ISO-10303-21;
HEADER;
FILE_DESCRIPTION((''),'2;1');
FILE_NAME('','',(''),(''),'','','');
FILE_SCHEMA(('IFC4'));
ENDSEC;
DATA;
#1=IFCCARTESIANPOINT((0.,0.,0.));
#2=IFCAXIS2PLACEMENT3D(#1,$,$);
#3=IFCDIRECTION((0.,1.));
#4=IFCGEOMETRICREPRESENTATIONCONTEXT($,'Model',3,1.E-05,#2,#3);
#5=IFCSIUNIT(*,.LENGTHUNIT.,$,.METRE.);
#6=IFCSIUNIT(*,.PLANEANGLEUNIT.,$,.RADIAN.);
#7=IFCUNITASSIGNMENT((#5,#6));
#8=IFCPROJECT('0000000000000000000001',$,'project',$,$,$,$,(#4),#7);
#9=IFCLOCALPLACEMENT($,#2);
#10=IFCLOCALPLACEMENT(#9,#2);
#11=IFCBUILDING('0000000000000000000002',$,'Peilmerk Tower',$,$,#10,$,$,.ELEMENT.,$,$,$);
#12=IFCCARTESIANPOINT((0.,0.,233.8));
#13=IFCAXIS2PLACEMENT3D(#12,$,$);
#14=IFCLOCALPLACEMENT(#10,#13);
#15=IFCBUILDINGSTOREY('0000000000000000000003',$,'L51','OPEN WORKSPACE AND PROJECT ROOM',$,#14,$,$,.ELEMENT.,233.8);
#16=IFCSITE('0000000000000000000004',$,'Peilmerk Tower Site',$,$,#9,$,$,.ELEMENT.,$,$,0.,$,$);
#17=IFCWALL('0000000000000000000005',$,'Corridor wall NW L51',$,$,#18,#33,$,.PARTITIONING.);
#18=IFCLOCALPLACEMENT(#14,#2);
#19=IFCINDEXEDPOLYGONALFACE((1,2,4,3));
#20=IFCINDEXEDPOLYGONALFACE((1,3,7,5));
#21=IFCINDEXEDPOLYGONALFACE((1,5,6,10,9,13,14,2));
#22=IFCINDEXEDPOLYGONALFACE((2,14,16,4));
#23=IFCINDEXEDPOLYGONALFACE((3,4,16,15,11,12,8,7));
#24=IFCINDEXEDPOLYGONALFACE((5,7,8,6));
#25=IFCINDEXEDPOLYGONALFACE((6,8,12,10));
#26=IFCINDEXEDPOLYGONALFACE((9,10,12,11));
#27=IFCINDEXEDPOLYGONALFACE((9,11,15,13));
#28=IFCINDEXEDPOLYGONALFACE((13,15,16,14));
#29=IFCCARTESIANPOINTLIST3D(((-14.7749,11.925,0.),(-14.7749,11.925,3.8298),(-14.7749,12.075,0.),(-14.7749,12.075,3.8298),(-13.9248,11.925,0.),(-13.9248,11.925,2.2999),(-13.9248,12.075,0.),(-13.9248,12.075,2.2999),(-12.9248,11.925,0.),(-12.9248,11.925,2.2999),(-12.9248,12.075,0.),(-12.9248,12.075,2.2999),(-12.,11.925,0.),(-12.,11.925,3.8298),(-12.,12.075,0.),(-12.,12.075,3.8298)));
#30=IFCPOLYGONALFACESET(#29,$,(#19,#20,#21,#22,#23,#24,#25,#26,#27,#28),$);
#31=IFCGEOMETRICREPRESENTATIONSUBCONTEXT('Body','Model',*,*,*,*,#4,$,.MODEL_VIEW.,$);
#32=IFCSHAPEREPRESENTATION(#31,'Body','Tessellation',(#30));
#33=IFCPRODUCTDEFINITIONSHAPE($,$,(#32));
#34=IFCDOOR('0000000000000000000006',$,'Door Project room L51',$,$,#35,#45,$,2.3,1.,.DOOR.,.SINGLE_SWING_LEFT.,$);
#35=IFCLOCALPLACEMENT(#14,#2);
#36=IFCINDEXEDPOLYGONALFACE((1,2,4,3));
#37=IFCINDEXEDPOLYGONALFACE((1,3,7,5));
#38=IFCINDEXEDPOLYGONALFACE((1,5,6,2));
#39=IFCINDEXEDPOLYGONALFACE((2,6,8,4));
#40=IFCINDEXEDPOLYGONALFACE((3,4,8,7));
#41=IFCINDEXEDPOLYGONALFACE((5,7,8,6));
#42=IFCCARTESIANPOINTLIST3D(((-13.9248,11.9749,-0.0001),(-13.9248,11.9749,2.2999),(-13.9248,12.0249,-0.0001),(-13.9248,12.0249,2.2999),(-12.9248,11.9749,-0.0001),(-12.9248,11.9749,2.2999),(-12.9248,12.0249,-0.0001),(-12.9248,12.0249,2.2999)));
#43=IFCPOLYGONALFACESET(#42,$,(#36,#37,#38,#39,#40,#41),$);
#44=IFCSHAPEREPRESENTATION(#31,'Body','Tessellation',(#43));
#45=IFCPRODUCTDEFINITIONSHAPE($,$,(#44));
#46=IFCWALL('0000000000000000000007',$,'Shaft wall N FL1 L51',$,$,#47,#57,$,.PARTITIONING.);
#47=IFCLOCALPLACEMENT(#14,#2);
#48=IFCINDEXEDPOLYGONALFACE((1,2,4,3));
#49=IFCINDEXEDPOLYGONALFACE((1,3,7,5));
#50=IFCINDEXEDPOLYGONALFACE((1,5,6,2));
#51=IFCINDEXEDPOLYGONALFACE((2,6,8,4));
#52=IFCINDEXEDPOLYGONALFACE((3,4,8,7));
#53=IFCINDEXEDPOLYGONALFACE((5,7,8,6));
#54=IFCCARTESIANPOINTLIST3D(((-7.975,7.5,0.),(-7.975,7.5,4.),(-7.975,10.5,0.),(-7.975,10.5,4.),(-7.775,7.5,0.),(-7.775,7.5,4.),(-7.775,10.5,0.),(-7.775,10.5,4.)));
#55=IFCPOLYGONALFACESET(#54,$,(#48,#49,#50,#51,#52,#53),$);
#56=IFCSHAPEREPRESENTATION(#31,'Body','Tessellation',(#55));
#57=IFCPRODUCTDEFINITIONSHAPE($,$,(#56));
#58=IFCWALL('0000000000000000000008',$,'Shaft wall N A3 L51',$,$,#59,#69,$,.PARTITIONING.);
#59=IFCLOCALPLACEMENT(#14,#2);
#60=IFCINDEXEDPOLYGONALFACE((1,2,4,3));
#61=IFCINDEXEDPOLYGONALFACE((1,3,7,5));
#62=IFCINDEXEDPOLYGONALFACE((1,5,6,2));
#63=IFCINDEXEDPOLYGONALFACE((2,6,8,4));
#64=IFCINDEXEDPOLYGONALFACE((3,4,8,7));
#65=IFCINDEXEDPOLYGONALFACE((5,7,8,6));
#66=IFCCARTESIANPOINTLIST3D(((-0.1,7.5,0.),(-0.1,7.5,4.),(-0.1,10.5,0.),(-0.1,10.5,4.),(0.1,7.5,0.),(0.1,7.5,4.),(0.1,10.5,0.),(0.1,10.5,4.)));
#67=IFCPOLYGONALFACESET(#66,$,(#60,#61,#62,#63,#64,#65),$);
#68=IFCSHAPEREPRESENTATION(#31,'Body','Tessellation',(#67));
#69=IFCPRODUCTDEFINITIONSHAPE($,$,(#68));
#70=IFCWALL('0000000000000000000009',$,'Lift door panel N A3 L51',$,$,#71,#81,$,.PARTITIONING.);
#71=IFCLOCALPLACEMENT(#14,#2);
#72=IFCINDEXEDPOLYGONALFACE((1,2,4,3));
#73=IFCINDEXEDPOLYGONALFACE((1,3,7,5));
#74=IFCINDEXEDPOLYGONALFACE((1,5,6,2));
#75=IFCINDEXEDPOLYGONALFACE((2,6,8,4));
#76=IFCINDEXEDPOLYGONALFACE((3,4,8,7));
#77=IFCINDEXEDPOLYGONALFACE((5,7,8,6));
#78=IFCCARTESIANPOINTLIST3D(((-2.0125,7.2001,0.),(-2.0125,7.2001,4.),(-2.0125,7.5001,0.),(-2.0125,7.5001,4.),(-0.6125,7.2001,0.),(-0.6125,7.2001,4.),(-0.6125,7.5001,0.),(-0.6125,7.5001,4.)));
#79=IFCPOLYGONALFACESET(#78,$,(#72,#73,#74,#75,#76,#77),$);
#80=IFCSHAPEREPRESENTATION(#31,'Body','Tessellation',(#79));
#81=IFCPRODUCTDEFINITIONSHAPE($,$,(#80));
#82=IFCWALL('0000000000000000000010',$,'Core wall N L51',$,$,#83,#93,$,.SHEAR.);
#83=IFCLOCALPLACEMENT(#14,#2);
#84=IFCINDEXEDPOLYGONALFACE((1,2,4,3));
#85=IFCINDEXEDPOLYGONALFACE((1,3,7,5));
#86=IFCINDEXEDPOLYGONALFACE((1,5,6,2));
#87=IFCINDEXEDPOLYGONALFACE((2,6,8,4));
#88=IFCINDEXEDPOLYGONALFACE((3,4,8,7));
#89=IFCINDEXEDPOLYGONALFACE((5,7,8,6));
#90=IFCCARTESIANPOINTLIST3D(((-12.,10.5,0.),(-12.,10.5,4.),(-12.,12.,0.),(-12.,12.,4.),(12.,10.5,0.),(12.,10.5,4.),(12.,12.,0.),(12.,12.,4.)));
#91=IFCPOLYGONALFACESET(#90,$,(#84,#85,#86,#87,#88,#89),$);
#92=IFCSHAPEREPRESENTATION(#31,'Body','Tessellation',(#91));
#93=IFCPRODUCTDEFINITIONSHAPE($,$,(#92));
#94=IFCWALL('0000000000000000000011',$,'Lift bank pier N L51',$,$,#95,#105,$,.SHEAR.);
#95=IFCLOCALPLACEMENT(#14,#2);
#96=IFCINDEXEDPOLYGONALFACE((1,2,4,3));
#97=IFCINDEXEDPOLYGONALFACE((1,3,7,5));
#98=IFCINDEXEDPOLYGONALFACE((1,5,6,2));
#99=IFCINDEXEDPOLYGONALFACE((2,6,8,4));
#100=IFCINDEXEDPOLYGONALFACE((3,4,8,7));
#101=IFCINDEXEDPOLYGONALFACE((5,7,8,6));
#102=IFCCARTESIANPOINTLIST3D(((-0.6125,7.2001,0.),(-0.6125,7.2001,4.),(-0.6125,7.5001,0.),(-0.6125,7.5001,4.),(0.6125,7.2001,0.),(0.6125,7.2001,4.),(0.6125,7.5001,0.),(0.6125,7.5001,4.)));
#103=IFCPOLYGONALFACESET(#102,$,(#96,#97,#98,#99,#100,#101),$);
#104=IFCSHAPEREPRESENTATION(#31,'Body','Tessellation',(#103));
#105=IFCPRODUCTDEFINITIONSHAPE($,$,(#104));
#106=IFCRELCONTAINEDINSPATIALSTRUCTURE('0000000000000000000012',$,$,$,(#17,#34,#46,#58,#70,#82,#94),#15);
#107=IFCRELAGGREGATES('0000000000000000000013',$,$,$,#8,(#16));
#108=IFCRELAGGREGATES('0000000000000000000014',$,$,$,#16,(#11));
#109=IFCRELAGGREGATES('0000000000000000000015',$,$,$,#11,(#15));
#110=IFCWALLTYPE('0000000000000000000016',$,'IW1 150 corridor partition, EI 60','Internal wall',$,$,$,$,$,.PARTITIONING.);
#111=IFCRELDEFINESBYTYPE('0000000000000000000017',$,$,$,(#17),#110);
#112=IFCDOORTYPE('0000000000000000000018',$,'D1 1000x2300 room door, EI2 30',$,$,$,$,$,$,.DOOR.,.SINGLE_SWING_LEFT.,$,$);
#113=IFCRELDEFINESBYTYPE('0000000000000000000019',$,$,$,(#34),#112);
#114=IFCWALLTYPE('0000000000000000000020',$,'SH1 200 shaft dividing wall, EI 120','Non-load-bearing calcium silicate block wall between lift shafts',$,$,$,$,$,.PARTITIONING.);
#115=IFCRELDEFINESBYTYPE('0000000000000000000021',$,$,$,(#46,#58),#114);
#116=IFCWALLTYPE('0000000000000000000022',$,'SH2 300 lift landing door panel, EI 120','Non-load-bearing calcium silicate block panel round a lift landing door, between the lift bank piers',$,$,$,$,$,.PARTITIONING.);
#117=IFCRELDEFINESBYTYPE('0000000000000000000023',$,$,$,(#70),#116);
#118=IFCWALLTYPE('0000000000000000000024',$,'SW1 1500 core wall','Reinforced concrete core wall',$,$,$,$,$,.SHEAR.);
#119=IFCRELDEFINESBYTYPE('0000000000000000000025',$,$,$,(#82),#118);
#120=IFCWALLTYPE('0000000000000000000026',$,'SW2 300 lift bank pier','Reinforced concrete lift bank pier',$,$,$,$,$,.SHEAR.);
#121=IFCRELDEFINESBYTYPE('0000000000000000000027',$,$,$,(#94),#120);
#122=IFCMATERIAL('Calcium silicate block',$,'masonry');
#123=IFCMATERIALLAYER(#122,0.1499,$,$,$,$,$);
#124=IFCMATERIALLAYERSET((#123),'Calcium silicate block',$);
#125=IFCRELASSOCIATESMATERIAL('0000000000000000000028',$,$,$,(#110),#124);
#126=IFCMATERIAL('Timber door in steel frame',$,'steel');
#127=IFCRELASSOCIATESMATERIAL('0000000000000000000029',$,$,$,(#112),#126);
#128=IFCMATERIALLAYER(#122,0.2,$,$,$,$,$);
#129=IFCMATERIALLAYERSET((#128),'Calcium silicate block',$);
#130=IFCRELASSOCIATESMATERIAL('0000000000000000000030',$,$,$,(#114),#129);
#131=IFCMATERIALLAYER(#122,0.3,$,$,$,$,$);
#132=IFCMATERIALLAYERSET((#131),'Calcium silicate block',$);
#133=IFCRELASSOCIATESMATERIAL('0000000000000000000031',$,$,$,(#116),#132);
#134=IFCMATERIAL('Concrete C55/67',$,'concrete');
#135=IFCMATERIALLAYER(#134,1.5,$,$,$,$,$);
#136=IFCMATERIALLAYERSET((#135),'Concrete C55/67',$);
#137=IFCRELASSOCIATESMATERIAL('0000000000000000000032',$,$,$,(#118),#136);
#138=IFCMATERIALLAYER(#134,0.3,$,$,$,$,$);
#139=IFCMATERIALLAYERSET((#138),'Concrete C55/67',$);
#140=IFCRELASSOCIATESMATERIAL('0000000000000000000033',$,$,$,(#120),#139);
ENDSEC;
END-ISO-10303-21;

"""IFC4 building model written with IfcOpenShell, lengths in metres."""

from ifc_helpers import new_model, si_unit, direction, frame, frame_2d, origin, place, context, subcontext, project, spatial, rectangle, extrude, material, layer, layer_set, type_object, element, fill, save


model = new_model("IFC4")

# Units and contexts
model_context = context("Model", 3, precision=1e-05, world=origin(), true_north=direction((0.0, 1.0)))
body_context = subcontext(model_context, "Body", "Model", "MODEL_VIEW")
ifc_project = project(units=[si_unit("LENGTHUNIT", "METRE"), si_unit("PLANEANGLEUNIT", "RADIAN")], contexts=[model_context])

# Site, building, storey
site_placement = place(None, origin())
site = spatial("IfcSite", under=ifc_project, at=site_placement, Name="Peilmerk Tower Site", CompositionType="ELEMENT", RefElevation=0.0)
building_placement = place(site_placement, origin())
building = spatial("IfcBuilding", under=site, at=building_placement, Name="Peilmerk Tower", CompositionType="ELEMENT")
storey_placement = place(building_placement, frame((0.0, 0.0, 233.8)))
storey = spatial("IfcBuildingStorey", under=building, at=storey_placement, Name="L51", Description="OPEN WORKSPACE AND PROJECT ROOM", CompositionType="ELEMENT", Elevation=233.8)

# Shared definitions
ifc_material_1 = material(Name="Calcium silicate block", Category="masonry")
ifc_layer_1 = layer(ifc_material_1, 0.1499)
ifc_layer_set_1 = layer_set([ifc_layer_1], Name="Calcium silicate block")
wall_type_1 = type_object("IfcWallType", Name="IW1 150 corridor partition, EI 60", Description="Internal wall", PredefinedType="PARTITIONING", material=ifc_layer_set_1)
ifc_material_2 = material(Name="Timber door in steel frame", Category="steel")
door_type_1 = type_object("IfcDoorType", Name="D1 1000x2300 room door, EI2 30", OperationType="SINGLE_SWING_LEFT", PredefinedType="DOOR", material=ifc_material_2)

# Wall, opening, door
wall_1_placement = place(storey_placement, frame((-14.7749, 12.0, 0.0), z_axis=(0.0, 0.0, 1.0), x_axis=(1.0, 0.0, 0.0)))
wall_1 = element("IfcWall", 1, at=wall_1_placement, inside=storey, type_object=wall_type_1, Name="Corridor wall NW L51", PredefinedType="PARTITIONING", context=body_context, shape_type="SweptSolid", body=[
    extrude(rectangle(XDim=2.7749, YDim=0.1499, at=frame_2d((1.3875, 0.0))), origin(), (0.0, 0.0, 1.0), 3.8298),
])
opening_1_placement = place(wall_1_placement, frame((0.8501, 0.0, 0.0)))
opening_1 = element("IfcOpeningElement", 2, at=opening_1_placement, cuts=wall_1, PredefinedType="OPENING", context=body_context, shape_type="SweptSolid", body=[
    extrude(rectangle(XDim=1.0, YDim=2.3, at=frame_2d((0.5, 1.1499))), frame((0.0, 0.085, 0.0), z_axis=(0.0, -1.0, 0.0), x_axis=(1.0, 0.0, 0.0)), (0.0, 0.0, 1.0), 0.1699),
])
door_1_placement = place(opening_1_placement, origin())
door_1 = element("IfcDoor", 3, at=door_1_placement, inside=storey, type_object=door_type_1, Name="Door Project room L51", OperationType="SINGLE_SWING_LEFT", OverallHeight=2.3, OverallWidth=1.0, PredefinedType="DOOR", context=body_context, shape_type="SweptSolid", body=[
    extrude(rectangle(XDim=1.0, YDim=2.3, at=frame_2d((0.5, 1.1499))), frame((0.0, 0.0249, 0.0), z_axis=(0.0, -1.0, 0.0), x_axis=(1.0, 0.0, 0.0)), (0.0, 0.0, 1.0), 0.05),
])
fill(opening_1, door_1)

# Walls
ifc_layer_2 = layer(ifc_material_1, 0.2)
ifc_layer_set_2 = layer_set([ifc_layer_2], Name="Calcium silicate block")
wall_type_2 = type_object("IfcWallType", Name="SH1 200 shaft dividing wall, EI 120", Description="Non-load-bearing calcium silicate block wall between lift shafts", PredefinedType="PARTITIONING", material=ifc_layer_set_2)
for number, where, z_axis, x_axis, name in (
    (4, (-7.875, 7.5, 0.0), (0.0, 0.0, 1.0), (0.0, 1.0, 0.0), "Shaft wall N FL1 L51"),
    (5, (0.0, 7.5, 0.0), (0.0, 0.0, 1.0), (0.0, 1.0, 0.0), "Shaft wall N A3 L51"),
):
    element("IfcWall", number, at=place(storey_placement, frame(where, z_axis=z_axis, x_axis=x_axis)), inside=storey, type_object=wall_type_2, Name=name, PredefinedType="PARTITIONING", context=body_context, shape_type="SweptSolid", body=[
        extrude(rectangle(XDim=3.0, YDim=0.2, at=frame_2d((1.5, 0.0))), origin(), (0.0, 0.0, 1.0), 4.0),
    ])
ifc_layer_3 = layer(ifc_material_1, 0.3)
ifc_layer_set_3 = layer_set([ifc_layer_3], Name="Calcium silicate block")
wall_type_3 = type_object("IfcWallType", Name="SH2 300 lift landing door panel, EI 120", Description="Non-load-bearing calcium silicate block panel round a lift landing door, between the lift bank piers", PredefinedType="PARTITIONING", material=ifc_layer_set_3)
wall_2_placement = place(storey_placement, frame((-2.0125, 7.3501, 0.0), z_axis=(0.0, 0.0, 1.0), x_axis=(1.0, 0.0, 0.0)))
element("IfcWall", 6, at=wall_2_placement, inside=storey, type_object=wall_type_3, Name="Lift door panel N A3 L51", PredefinedType="PARTITIONING", context=body_context, shape_type="SweptSolid", body=[
    extrude(rectangle(XDim=1.3999, YDim=0.3, at=frame_2d((0.7, 0.0))), origin(), (0.0, 0.0, 1.0), 4.0),
])
ifc_material_3 = material(Name="Concrete C55/67", Category="concrete")
ifc_layer_4 = layer(ifc_material_3, 1.5)
ifc_layer_set_4 = layer_set([ifc_layer_4], Name="Concrete C55/67")
wall_type_4 = type_object("IfcWallType", Name="SW1 1500 core wall", Description="Reinforced concrete core wall", PredefinedType="SHEAR", material=ifc_layer_set_4)
wall_3_placement = place(storey_placement, frame((-12.0, 11.25, 0.0), z_axis=(0.0, 0.0, 1.0), x_axis=(1.0, 0.0, 0.0)))
element("IfcWall", 7, at=wall_3_placement, inside=storey, type_object=wall_type_4, Name="Core wall N L51", PredefinedType="SHEAR", context=body_context, shape_type="SweptSolid", body=[
    extrude(rectangle(XDim=24.0, YDim=1.5, at=frame_2d((12.0, 0.0))), origin(), (0.0, 0.0, 1.0), 4.0),
])
ifc_layer_5 = layer(ifc_material_3, 0.3)
ifc_layer_set_5 = layer_set([ifc_layer_5], Name="Concrete C55/67")
wall_type_5 = type_object("IfcWallType", Name="SW2 300 lift bank pier", Description="Reinforced concrete lift bank pier", PredefinedType="SHEAR", material=ifc_layer_set_5)
wall_4_placement = place(storey_placement, frame((-0.6125, 7.3501, 0.0), z_axis=(0.0, 0.0, 1.0), x_axis=(1.0, 0.0, 0.0)))
element("IfcWall", 8, at=wall_4_placement, inside=storey, type_object=wall_type_5, Name="Lift bank pier N L51", PredefinedType="SHEAR", context=body_context, shape_type="SweptSolid", body=[
    extrude(rectangle(XDim=1.2251, YDim=0.3, at=frame_2d((0.6125, 0.0))), origin(), (0.0, 0.0, 1.0), 4.0),
])

save(model, "model.ifc")
